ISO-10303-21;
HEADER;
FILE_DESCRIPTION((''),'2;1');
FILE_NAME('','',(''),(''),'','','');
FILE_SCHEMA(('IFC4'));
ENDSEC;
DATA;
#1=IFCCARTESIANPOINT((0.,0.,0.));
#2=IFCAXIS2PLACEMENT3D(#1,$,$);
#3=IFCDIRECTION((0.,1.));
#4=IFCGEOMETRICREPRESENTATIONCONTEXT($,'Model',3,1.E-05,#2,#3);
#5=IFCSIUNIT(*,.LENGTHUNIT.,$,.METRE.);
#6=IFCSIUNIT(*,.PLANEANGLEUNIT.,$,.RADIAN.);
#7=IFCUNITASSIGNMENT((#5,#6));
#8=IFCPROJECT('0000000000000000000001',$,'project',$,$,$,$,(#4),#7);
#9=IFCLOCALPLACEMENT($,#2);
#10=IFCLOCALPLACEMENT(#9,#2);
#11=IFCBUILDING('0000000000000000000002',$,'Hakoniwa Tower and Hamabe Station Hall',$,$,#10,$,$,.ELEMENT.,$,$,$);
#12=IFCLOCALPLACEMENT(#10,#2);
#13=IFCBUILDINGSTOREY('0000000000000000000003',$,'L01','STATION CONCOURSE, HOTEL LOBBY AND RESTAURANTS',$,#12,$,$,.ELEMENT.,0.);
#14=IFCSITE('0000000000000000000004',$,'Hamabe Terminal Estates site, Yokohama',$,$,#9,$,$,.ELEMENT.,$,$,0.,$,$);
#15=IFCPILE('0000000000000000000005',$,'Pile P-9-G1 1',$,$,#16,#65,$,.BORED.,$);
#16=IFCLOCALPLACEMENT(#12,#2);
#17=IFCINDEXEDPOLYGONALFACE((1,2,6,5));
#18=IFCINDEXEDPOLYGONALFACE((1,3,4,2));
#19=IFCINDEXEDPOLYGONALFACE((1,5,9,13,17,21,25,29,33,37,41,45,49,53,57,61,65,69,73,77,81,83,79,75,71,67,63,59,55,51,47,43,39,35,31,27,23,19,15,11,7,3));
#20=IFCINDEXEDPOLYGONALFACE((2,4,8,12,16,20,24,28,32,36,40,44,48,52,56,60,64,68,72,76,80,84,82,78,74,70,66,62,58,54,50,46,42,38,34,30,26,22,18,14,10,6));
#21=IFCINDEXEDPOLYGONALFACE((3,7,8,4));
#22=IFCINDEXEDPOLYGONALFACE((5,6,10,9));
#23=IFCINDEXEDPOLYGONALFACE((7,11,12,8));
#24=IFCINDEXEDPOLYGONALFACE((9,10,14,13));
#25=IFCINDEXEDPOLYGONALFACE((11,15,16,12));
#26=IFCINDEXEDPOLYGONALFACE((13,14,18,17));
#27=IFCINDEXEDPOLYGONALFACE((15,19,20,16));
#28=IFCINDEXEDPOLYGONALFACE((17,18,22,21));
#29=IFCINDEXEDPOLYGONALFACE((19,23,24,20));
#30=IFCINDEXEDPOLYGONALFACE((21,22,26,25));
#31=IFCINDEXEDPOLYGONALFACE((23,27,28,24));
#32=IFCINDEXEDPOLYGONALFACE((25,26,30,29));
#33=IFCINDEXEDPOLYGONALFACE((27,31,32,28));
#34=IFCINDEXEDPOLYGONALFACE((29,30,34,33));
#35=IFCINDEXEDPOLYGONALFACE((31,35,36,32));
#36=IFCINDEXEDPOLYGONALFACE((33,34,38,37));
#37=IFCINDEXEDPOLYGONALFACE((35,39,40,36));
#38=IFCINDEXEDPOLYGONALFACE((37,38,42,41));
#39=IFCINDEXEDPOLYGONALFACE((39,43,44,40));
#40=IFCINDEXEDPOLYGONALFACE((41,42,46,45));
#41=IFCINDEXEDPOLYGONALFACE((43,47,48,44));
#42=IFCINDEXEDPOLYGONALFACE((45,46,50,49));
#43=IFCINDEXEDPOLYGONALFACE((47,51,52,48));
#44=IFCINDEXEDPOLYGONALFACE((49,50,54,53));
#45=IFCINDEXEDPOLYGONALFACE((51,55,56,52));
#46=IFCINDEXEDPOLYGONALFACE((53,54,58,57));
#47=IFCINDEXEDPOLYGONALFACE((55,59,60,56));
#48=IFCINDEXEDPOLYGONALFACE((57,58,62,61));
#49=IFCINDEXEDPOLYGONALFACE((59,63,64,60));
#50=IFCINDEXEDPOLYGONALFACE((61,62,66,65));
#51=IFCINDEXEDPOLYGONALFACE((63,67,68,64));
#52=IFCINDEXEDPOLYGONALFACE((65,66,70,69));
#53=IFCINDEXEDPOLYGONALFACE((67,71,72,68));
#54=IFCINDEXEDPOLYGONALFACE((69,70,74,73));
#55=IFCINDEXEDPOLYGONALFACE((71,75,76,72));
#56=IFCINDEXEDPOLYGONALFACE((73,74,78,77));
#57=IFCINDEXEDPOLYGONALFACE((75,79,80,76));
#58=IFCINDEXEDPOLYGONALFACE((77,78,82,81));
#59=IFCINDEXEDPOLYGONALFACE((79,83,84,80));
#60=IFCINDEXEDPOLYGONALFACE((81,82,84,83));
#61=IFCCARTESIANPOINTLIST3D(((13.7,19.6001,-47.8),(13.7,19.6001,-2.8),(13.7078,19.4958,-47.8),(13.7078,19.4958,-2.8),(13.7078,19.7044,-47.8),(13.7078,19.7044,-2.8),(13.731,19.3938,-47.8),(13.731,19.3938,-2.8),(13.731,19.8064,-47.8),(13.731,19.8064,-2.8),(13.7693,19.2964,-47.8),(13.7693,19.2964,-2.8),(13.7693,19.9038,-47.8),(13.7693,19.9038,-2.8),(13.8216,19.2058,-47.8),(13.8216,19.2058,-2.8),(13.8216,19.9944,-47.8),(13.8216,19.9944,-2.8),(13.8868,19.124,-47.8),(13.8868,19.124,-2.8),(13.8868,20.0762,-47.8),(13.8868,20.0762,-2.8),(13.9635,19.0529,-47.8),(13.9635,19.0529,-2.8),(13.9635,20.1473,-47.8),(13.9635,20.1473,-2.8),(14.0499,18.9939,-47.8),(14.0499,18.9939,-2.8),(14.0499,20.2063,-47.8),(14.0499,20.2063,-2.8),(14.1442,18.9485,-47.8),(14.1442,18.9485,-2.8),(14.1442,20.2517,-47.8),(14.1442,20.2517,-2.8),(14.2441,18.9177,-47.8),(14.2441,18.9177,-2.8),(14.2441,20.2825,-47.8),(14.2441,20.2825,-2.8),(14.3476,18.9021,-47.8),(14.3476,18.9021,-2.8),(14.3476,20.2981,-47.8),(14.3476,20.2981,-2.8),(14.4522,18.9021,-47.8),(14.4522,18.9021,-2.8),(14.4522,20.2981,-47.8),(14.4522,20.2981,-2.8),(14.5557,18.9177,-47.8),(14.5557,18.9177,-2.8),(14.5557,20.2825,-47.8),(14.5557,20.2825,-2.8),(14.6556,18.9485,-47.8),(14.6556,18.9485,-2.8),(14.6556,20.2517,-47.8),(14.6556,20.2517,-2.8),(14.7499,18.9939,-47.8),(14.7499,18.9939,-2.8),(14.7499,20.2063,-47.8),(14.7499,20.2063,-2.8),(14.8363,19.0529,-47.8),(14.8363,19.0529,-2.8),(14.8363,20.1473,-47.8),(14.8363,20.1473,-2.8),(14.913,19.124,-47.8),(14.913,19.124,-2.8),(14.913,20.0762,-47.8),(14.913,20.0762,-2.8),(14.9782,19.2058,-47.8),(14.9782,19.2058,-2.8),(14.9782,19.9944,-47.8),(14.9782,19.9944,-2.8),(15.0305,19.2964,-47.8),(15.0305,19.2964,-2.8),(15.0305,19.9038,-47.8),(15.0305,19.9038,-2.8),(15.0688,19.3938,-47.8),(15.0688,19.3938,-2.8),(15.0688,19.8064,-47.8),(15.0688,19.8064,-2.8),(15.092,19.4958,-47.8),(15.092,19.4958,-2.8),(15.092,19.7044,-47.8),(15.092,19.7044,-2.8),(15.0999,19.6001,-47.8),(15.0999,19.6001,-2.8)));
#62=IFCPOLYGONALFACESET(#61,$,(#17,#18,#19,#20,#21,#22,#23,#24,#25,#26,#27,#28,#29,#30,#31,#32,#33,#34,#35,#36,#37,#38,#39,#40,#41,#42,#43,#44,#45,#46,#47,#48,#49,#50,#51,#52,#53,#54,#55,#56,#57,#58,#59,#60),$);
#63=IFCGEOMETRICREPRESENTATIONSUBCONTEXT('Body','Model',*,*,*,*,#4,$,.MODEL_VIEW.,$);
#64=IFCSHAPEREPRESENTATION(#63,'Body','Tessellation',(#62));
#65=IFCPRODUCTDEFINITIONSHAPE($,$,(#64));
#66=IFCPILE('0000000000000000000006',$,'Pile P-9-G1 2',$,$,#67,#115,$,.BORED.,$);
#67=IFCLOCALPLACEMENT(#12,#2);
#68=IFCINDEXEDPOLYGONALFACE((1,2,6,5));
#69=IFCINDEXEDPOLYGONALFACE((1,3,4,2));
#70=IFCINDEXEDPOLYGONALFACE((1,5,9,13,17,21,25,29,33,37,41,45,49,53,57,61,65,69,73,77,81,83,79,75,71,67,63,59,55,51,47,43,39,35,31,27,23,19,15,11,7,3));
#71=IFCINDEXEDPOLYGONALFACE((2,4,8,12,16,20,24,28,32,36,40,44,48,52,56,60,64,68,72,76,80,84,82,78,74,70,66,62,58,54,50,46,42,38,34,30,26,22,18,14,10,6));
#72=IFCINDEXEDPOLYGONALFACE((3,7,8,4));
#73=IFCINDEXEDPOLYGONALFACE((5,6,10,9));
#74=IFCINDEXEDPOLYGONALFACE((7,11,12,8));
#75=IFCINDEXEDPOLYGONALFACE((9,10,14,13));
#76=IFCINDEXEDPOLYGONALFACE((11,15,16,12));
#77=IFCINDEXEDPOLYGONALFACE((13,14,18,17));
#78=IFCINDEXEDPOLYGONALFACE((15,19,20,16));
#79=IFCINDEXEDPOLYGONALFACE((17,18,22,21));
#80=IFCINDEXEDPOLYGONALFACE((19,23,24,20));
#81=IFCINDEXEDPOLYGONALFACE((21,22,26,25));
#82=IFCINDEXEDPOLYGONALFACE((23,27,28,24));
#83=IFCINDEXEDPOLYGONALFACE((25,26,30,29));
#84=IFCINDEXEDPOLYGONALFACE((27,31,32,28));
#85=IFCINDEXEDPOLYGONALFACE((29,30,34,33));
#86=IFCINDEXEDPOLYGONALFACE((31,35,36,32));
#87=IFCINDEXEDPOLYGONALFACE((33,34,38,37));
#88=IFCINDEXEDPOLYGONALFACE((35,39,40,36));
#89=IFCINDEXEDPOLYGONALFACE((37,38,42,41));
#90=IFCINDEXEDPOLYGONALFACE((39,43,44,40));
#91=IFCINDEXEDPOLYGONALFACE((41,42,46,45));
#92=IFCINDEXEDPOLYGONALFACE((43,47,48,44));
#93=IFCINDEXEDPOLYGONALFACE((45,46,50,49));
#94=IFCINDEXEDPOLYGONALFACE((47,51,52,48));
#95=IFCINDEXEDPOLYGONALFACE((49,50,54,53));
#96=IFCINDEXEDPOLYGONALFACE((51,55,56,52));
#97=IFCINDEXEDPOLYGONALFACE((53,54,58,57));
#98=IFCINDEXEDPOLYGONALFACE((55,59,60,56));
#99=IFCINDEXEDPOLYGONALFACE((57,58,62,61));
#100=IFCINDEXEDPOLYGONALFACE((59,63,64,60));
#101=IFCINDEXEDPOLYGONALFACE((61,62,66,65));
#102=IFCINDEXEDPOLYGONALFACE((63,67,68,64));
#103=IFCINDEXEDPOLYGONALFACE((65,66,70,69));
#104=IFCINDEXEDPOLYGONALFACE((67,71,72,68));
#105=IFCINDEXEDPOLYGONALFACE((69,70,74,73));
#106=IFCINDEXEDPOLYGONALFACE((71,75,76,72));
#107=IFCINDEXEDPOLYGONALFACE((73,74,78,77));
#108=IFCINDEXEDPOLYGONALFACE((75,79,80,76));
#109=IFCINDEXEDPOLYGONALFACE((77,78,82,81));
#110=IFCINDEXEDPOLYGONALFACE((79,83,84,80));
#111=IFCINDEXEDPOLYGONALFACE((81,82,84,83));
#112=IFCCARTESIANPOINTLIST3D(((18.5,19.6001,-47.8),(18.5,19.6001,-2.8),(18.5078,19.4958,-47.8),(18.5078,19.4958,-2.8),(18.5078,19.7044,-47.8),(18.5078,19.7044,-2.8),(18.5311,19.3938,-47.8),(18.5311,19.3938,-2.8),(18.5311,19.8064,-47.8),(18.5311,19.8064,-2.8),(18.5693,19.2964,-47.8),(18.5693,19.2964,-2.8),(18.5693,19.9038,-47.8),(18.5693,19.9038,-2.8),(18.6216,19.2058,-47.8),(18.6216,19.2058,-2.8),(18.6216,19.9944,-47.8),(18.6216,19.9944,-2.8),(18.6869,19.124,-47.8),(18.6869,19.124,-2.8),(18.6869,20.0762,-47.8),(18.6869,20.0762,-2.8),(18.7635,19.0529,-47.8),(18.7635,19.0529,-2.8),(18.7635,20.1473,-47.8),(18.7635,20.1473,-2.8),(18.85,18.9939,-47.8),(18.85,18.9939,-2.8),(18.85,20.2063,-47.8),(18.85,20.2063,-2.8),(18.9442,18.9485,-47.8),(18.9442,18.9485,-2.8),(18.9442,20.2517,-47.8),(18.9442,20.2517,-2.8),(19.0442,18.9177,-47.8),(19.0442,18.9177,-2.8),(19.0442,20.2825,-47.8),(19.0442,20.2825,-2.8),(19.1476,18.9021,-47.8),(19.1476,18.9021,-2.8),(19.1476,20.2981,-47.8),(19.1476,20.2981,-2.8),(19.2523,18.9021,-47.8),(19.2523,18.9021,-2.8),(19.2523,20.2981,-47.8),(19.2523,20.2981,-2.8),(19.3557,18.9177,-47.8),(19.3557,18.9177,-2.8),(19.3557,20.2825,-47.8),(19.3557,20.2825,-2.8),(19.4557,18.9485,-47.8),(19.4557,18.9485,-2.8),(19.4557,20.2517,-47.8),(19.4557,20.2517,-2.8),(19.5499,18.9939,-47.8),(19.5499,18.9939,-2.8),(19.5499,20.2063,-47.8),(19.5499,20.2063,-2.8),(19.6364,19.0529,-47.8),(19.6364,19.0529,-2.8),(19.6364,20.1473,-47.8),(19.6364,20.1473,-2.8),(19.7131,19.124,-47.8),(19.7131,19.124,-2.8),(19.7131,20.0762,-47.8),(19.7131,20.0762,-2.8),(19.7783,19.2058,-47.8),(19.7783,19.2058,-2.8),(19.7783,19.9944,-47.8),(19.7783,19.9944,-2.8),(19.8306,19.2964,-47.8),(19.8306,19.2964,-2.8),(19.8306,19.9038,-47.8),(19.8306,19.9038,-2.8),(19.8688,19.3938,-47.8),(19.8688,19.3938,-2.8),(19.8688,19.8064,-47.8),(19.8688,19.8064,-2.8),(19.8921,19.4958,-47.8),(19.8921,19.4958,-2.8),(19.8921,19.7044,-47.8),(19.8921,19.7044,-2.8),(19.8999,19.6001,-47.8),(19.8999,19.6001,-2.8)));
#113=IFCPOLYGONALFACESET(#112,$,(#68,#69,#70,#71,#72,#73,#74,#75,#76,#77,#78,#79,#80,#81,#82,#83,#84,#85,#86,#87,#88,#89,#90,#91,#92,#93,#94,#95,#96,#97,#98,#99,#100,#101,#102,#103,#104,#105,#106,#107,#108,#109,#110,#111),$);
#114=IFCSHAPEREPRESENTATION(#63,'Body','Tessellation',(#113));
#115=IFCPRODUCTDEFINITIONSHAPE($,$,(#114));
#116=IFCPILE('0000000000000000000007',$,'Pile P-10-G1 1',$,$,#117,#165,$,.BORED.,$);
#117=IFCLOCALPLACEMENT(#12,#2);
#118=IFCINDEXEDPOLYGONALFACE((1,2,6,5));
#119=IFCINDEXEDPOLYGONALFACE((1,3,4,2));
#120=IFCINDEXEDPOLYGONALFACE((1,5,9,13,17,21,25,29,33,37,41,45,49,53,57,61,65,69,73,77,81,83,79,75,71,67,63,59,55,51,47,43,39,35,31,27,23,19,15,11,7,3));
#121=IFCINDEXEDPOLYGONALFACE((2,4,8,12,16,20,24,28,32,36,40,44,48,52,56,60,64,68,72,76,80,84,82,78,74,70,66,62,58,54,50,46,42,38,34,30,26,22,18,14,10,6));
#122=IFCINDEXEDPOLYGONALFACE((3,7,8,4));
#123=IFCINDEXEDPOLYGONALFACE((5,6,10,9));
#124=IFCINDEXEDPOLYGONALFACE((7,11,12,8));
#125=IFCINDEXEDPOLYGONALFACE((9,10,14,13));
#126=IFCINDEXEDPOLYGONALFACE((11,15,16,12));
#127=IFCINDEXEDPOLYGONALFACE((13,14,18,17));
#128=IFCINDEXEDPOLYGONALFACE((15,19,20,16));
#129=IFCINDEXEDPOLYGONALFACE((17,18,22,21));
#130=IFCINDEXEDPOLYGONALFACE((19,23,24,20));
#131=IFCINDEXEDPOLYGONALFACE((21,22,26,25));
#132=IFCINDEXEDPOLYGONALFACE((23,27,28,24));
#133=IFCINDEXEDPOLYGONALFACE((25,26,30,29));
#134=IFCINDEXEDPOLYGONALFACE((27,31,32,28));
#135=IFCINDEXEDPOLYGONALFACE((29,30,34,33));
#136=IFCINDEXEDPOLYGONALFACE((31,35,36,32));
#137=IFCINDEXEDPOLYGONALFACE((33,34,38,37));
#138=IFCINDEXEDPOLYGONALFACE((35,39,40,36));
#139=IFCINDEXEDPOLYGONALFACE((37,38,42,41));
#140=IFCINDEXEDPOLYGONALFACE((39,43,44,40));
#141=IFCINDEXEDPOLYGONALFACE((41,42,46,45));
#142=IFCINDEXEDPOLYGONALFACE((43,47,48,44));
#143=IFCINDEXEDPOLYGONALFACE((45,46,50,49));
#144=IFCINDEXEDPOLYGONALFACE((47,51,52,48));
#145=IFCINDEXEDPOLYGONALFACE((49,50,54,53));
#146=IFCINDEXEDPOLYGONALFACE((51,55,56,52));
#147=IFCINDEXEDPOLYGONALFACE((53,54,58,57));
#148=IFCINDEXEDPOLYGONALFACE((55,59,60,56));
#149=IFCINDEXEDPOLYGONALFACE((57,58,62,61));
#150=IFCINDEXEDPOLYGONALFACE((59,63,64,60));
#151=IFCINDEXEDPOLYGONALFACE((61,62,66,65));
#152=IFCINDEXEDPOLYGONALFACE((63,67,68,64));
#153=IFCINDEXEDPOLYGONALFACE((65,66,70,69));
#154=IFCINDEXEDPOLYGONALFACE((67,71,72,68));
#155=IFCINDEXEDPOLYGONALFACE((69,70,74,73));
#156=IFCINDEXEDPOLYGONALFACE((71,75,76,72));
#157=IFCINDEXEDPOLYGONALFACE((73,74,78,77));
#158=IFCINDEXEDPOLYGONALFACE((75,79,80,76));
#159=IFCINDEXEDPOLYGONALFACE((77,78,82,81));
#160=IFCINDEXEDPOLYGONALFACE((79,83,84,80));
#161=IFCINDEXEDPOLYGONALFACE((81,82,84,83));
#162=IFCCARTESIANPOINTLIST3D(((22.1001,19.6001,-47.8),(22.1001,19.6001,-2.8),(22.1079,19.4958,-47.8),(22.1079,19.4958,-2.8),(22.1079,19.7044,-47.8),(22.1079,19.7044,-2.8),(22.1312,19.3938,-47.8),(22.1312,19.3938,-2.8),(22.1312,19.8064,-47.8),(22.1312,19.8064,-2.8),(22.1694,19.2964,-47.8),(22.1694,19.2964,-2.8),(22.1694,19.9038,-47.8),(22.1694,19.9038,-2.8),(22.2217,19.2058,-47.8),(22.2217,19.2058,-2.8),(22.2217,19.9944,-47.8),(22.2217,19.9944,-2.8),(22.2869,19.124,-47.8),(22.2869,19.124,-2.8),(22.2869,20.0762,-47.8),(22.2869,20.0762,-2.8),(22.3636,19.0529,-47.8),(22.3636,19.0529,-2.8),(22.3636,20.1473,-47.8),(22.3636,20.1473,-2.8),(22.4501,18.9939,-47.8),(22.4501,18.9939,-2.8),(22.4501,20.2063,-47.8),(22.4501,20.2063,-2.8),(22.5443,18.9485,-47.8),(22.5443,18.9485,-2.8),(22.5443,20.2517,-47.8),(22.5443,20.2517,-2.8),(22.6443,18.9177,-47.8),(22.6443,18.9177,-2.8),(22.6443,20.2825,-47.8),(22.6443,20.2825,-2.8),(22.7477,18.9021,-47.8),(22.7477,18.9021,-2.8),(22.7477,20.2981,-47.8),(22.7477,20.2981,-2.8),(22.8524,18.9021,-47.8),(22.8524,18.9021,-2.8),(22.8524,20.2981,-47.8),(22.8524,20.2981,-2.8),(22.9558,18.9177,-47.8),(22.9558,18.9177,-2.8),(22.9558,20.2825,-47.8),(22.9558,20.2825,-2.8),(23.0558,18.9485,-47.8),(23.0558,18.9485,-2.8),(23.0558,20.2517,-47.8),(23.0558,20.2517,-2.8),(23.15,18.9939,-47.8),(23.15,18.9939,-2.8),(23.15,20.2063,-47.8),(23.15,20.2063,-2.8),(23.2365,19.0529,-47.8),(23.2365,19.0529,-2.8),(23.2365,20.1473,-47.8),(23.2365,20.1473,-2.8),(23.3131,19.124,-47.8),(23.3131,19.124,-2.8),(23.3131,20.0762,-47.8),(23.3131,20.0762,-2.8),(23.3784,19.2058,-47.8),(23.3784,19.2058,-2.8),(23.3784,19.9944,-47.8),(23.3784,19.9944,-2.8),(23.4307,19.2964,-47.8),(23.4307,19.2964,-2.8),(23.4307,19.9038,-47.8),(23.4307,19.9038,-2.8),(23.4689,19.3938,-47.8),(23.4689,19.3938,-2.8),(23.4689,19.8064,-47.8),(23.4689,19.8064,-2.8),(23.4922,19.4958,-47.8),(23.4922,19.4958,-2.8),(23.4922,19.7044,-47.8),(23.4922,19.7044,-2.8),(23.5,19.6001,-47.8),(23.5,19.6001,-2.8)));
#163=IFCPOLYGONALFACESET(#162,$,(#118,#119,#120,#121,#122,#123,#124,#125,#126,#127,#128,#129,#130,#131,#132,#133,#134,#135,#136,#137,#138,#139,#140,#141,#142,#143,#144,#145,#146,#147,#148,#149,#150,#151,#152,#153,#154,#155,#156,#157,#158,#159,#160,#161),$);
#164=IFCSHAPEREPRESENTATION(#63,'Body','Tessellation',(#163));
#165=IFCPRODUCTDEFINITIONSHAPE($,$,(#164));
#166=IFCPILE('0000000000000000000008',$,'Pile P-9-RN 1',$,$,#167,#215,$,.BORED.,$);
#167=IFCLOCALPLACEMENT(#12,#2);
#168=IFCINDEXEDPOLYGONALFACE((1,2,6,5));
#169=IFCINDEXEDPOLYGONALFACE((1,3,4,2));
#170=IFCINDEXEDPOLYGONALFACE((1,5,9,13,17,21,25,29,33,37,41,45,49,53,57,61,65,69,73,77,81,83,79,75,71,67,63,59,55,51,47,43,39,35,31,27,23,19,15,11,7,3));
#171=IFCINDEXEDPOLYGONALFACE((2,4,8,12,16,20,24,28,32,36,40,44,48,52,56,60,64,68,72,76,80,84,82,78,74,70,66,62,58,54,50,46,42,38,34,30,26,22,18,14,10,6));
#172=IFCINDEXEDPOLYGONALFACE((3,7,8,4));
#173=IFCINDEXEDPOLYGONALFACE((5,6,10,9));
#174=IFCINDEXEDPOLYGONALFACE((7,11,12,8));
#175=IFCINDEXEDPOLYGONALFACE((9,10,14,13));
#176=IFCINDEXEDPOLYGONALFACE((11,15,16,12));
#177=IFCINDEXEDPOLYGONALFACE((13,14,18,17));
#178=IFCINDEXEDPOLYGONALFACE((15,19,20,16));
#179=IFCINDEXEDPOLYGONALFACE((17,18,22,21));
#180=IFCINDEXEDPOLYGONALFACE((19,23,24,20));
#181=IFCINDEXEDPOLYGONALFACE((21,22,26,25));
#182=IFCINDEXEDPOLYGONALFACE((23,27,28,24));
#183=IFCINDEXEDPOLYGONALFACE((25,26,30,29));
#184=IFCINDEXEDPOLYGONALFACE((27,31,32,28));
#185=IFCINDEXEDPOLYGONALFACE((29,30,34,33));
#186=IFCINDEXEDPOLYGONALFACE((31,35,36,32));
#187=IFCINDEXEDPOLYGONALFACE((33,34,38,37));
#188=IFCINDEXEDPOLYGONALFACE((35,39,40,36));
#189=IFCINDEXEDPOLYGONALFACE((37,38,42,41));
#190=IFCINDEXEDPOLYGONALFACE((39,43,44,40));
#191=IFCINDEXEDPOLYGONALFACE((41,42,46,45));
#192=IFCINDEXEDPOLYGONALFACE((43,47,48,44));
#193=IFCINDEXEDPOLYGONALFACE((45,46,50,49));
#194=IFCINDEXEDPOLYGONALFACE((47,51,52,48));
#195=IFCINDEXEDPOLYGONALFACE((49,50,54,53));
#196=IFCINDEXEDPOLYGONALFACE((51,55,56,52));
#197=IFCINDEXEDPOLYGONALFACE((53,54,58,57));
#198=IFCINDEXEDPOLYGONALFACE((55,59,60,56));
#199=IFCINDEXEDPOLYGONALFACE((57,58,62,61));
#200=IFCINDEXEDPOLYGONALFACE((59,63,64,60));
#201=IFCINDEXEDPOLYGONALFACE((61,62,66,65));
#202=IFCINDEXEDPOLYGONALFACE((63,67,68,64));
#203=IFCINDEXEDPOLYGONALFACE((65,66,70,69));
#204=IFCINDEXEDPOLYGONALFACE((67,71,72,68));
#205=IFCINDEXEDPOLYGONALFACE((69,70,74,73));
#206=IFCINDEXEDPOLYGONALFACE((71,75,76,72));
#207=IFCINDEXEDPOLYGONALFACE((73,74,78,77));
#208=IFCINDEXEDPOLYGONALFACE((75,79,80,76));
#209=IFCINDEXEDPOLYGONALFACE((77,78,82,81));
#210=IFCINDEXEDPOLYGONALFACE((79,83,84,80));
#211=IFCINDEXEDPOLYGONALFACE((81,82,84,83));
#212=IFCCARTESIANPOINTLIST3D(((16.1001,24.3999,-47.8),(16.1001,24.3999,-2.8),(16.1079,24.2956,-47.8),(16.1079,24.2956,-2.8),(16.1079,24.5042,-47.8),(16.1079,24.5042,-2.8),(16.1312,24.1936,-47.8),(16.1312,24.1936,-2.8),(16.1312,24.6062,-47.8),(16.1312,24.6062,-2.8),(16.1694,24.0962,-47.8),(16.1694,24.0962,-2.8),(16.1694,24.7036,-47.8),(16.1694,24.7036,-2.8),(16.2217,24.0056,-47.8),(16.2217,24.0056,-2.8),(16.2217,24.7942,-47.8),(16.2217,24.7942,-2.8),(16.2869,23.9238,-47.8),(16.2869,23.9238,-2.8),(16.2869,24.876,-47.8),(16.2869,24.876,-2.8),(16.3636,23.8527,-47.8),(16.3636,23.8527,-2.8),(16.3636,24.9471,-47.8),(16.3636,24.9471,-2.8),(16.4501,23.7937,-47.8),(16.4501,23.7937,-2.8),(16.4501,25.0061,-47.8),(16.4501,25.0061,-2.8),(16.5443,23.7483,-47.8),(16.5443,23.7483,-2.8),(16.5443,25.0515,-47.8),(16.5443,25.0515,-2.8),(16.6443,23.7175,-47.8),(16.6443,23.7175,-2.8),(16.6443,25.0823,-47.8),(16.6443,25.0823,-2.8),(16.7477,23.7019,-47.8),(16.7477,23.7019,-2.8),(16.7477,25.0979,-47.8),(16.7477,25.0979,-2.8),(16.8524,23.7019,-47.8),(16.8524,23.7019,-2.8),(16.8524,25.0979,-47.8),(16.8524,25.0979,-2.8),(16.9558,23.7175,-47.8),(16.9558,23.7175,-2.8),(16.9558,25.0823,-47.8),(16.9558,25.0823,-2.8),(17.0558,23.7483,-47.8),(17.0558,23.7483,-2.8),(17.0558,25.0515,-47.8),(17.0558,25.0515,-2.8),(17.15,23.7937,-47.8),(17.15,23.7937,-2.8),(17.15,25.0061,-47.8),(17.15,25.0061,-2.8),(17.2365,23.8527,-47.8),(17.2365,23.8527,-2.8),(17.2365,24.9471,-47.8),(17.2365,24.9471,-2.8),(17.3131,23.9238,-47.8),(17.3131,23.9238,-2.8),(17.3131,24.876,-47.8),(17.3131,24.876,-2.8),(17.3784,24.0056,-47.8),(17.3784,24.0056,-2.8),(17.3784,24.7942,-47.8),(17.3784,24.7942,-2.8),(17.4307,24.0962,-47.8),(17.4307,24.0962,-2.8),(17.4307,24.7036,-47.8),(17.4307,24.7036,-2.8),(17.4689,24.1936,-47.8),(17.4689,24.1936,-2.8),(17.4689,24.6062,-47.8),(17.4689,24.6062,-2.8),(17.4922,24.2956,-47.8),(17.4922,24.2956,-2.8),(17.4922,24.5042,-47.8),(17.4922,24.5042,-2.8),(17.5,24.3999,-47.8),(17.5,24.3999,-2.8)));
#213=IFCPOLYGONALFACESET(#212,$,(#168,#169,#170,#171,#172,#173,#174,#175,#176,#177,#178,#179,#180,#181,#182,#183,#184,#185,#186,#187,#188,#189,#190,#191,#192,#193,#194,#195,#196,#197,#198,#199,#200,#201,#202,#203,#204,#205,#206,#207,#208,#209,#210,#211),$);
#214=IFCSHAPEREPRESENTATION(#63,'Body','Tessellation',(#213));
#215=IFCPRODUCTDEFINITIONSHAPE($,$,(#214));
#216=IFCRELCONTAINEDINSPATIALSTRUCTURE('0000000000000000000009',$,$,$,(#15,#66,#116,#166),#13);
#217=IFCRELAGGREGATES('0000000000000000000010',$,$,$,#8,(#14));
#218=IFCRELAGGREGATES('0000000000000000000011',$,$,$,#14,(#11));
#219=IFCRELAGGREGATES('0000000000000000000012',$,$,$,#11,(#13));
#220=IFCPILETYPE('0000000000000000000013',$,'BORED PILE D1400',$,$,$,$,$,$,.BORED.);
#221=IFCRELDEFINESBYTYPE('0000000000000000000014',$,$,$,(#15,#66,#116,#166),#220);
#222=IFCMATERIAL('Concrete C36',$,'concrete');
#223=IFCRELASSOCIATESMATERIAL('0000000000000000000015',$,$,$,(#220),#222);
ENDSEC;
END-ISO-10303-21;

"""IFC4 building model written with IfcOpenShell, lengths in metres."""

from ifc_helpers import new_model, si_unit, direction, frame, origin, origin_2d, place, context, subcontext, project, spatial, circle, extrude, material, material_profile, profile_set, type_object, element, save


model = new_model("IFC4")

# Units and contexts
model_context = context("Model", 3, precision=1e-05, world=origin(), true_north=direction((0.0, 1.0)))
body_context = subcontext(model_context, "Body", "Model", "MODEL_VIEW")
ifc_project = project(units=[si_unit("LENGTHUNIT", "METRE"), si_unit("PLANEANGLEUNIT", "RADIAN")], contexts=[model_context])

# Site, building, storey
site_placement = place(None, origin())
site = spatial("IfcSite", under=ifc_project, at=site_placement, Name="Hamabe Terminal Estates site, Yokohama", CompositionType="ELEMENT", RefElevation=0.0)
building_placement = place(site_placement, origin())
building = spatial("IfcBuilding", under=site, at=building_placement, Name="Hakoniwa Tower and Hamabe Station Hall", CompositionType="ELEMENT")
storey_placement = place(building_placement, origin())
storey = spatial("IfcBuildingStorey", under=building, at=storey_placement, Name="L01", Description="STATION CONCOURSE, HOTEL LOBBY AND RESTAURANTS", CompositionType="ELEMENT", Elevation=0.0)

# Piles
ifc_material_1 = material(Name="Concrete C36", Category="concrete")
ifc_material_profile_1 = material_profile(ifc_material_1, circle(Radius=0.7, at=origin_2d()), Name="BORED PILE D1400")
ifc_profile_set_1 = profile_set([ifc_material_profile_1], Name="Concrete C36")
pile_type = type_object("IfcPileType", Name="BORED PILE D1400", PredefinedType="BORED", material=ifc_profile_set_1)
for number, where, z_axis, x_axis, name in (
    (1, (14.3999, 19.6001, -2.8), (0.0, 0.0, -1.0), (1.0, 0.0, 0.0), "Pile P-9-G1 1"),
    (2, (19.2, 19.6001, -2.8), (0.0, 0.0, -1.0), (1.0, 0.0, 0.0), "Pile P-9-G1 2"),
    (3, (22.8, 19.6001, -2.8), (0.0, 0.0, -1.0), (1.0, 0.0, 0.0), "Pile P-10-G1 1"),
    (4, (16.8, 24.3999, -2.8), (0.0, 0.0, -1.0), (1.0, 0.0, 0.0), "Pile P-9-RN 1"),
):
    element("IfcPile", number, at=place(storey_placement, frame(where, z_axis=z_axis, x_axis=x_axis)), inside=storey, type_object=pile_type, Name=name, PredefinedType="BORED", context=body_context, shape_type="SweptSolid", body=[
        extrude(circle(Radius=0.7, at=origin_2d()), origin(), (0.0, 0.0, 1.0), 45.0),
    ])

save(model, "model.ifc")
